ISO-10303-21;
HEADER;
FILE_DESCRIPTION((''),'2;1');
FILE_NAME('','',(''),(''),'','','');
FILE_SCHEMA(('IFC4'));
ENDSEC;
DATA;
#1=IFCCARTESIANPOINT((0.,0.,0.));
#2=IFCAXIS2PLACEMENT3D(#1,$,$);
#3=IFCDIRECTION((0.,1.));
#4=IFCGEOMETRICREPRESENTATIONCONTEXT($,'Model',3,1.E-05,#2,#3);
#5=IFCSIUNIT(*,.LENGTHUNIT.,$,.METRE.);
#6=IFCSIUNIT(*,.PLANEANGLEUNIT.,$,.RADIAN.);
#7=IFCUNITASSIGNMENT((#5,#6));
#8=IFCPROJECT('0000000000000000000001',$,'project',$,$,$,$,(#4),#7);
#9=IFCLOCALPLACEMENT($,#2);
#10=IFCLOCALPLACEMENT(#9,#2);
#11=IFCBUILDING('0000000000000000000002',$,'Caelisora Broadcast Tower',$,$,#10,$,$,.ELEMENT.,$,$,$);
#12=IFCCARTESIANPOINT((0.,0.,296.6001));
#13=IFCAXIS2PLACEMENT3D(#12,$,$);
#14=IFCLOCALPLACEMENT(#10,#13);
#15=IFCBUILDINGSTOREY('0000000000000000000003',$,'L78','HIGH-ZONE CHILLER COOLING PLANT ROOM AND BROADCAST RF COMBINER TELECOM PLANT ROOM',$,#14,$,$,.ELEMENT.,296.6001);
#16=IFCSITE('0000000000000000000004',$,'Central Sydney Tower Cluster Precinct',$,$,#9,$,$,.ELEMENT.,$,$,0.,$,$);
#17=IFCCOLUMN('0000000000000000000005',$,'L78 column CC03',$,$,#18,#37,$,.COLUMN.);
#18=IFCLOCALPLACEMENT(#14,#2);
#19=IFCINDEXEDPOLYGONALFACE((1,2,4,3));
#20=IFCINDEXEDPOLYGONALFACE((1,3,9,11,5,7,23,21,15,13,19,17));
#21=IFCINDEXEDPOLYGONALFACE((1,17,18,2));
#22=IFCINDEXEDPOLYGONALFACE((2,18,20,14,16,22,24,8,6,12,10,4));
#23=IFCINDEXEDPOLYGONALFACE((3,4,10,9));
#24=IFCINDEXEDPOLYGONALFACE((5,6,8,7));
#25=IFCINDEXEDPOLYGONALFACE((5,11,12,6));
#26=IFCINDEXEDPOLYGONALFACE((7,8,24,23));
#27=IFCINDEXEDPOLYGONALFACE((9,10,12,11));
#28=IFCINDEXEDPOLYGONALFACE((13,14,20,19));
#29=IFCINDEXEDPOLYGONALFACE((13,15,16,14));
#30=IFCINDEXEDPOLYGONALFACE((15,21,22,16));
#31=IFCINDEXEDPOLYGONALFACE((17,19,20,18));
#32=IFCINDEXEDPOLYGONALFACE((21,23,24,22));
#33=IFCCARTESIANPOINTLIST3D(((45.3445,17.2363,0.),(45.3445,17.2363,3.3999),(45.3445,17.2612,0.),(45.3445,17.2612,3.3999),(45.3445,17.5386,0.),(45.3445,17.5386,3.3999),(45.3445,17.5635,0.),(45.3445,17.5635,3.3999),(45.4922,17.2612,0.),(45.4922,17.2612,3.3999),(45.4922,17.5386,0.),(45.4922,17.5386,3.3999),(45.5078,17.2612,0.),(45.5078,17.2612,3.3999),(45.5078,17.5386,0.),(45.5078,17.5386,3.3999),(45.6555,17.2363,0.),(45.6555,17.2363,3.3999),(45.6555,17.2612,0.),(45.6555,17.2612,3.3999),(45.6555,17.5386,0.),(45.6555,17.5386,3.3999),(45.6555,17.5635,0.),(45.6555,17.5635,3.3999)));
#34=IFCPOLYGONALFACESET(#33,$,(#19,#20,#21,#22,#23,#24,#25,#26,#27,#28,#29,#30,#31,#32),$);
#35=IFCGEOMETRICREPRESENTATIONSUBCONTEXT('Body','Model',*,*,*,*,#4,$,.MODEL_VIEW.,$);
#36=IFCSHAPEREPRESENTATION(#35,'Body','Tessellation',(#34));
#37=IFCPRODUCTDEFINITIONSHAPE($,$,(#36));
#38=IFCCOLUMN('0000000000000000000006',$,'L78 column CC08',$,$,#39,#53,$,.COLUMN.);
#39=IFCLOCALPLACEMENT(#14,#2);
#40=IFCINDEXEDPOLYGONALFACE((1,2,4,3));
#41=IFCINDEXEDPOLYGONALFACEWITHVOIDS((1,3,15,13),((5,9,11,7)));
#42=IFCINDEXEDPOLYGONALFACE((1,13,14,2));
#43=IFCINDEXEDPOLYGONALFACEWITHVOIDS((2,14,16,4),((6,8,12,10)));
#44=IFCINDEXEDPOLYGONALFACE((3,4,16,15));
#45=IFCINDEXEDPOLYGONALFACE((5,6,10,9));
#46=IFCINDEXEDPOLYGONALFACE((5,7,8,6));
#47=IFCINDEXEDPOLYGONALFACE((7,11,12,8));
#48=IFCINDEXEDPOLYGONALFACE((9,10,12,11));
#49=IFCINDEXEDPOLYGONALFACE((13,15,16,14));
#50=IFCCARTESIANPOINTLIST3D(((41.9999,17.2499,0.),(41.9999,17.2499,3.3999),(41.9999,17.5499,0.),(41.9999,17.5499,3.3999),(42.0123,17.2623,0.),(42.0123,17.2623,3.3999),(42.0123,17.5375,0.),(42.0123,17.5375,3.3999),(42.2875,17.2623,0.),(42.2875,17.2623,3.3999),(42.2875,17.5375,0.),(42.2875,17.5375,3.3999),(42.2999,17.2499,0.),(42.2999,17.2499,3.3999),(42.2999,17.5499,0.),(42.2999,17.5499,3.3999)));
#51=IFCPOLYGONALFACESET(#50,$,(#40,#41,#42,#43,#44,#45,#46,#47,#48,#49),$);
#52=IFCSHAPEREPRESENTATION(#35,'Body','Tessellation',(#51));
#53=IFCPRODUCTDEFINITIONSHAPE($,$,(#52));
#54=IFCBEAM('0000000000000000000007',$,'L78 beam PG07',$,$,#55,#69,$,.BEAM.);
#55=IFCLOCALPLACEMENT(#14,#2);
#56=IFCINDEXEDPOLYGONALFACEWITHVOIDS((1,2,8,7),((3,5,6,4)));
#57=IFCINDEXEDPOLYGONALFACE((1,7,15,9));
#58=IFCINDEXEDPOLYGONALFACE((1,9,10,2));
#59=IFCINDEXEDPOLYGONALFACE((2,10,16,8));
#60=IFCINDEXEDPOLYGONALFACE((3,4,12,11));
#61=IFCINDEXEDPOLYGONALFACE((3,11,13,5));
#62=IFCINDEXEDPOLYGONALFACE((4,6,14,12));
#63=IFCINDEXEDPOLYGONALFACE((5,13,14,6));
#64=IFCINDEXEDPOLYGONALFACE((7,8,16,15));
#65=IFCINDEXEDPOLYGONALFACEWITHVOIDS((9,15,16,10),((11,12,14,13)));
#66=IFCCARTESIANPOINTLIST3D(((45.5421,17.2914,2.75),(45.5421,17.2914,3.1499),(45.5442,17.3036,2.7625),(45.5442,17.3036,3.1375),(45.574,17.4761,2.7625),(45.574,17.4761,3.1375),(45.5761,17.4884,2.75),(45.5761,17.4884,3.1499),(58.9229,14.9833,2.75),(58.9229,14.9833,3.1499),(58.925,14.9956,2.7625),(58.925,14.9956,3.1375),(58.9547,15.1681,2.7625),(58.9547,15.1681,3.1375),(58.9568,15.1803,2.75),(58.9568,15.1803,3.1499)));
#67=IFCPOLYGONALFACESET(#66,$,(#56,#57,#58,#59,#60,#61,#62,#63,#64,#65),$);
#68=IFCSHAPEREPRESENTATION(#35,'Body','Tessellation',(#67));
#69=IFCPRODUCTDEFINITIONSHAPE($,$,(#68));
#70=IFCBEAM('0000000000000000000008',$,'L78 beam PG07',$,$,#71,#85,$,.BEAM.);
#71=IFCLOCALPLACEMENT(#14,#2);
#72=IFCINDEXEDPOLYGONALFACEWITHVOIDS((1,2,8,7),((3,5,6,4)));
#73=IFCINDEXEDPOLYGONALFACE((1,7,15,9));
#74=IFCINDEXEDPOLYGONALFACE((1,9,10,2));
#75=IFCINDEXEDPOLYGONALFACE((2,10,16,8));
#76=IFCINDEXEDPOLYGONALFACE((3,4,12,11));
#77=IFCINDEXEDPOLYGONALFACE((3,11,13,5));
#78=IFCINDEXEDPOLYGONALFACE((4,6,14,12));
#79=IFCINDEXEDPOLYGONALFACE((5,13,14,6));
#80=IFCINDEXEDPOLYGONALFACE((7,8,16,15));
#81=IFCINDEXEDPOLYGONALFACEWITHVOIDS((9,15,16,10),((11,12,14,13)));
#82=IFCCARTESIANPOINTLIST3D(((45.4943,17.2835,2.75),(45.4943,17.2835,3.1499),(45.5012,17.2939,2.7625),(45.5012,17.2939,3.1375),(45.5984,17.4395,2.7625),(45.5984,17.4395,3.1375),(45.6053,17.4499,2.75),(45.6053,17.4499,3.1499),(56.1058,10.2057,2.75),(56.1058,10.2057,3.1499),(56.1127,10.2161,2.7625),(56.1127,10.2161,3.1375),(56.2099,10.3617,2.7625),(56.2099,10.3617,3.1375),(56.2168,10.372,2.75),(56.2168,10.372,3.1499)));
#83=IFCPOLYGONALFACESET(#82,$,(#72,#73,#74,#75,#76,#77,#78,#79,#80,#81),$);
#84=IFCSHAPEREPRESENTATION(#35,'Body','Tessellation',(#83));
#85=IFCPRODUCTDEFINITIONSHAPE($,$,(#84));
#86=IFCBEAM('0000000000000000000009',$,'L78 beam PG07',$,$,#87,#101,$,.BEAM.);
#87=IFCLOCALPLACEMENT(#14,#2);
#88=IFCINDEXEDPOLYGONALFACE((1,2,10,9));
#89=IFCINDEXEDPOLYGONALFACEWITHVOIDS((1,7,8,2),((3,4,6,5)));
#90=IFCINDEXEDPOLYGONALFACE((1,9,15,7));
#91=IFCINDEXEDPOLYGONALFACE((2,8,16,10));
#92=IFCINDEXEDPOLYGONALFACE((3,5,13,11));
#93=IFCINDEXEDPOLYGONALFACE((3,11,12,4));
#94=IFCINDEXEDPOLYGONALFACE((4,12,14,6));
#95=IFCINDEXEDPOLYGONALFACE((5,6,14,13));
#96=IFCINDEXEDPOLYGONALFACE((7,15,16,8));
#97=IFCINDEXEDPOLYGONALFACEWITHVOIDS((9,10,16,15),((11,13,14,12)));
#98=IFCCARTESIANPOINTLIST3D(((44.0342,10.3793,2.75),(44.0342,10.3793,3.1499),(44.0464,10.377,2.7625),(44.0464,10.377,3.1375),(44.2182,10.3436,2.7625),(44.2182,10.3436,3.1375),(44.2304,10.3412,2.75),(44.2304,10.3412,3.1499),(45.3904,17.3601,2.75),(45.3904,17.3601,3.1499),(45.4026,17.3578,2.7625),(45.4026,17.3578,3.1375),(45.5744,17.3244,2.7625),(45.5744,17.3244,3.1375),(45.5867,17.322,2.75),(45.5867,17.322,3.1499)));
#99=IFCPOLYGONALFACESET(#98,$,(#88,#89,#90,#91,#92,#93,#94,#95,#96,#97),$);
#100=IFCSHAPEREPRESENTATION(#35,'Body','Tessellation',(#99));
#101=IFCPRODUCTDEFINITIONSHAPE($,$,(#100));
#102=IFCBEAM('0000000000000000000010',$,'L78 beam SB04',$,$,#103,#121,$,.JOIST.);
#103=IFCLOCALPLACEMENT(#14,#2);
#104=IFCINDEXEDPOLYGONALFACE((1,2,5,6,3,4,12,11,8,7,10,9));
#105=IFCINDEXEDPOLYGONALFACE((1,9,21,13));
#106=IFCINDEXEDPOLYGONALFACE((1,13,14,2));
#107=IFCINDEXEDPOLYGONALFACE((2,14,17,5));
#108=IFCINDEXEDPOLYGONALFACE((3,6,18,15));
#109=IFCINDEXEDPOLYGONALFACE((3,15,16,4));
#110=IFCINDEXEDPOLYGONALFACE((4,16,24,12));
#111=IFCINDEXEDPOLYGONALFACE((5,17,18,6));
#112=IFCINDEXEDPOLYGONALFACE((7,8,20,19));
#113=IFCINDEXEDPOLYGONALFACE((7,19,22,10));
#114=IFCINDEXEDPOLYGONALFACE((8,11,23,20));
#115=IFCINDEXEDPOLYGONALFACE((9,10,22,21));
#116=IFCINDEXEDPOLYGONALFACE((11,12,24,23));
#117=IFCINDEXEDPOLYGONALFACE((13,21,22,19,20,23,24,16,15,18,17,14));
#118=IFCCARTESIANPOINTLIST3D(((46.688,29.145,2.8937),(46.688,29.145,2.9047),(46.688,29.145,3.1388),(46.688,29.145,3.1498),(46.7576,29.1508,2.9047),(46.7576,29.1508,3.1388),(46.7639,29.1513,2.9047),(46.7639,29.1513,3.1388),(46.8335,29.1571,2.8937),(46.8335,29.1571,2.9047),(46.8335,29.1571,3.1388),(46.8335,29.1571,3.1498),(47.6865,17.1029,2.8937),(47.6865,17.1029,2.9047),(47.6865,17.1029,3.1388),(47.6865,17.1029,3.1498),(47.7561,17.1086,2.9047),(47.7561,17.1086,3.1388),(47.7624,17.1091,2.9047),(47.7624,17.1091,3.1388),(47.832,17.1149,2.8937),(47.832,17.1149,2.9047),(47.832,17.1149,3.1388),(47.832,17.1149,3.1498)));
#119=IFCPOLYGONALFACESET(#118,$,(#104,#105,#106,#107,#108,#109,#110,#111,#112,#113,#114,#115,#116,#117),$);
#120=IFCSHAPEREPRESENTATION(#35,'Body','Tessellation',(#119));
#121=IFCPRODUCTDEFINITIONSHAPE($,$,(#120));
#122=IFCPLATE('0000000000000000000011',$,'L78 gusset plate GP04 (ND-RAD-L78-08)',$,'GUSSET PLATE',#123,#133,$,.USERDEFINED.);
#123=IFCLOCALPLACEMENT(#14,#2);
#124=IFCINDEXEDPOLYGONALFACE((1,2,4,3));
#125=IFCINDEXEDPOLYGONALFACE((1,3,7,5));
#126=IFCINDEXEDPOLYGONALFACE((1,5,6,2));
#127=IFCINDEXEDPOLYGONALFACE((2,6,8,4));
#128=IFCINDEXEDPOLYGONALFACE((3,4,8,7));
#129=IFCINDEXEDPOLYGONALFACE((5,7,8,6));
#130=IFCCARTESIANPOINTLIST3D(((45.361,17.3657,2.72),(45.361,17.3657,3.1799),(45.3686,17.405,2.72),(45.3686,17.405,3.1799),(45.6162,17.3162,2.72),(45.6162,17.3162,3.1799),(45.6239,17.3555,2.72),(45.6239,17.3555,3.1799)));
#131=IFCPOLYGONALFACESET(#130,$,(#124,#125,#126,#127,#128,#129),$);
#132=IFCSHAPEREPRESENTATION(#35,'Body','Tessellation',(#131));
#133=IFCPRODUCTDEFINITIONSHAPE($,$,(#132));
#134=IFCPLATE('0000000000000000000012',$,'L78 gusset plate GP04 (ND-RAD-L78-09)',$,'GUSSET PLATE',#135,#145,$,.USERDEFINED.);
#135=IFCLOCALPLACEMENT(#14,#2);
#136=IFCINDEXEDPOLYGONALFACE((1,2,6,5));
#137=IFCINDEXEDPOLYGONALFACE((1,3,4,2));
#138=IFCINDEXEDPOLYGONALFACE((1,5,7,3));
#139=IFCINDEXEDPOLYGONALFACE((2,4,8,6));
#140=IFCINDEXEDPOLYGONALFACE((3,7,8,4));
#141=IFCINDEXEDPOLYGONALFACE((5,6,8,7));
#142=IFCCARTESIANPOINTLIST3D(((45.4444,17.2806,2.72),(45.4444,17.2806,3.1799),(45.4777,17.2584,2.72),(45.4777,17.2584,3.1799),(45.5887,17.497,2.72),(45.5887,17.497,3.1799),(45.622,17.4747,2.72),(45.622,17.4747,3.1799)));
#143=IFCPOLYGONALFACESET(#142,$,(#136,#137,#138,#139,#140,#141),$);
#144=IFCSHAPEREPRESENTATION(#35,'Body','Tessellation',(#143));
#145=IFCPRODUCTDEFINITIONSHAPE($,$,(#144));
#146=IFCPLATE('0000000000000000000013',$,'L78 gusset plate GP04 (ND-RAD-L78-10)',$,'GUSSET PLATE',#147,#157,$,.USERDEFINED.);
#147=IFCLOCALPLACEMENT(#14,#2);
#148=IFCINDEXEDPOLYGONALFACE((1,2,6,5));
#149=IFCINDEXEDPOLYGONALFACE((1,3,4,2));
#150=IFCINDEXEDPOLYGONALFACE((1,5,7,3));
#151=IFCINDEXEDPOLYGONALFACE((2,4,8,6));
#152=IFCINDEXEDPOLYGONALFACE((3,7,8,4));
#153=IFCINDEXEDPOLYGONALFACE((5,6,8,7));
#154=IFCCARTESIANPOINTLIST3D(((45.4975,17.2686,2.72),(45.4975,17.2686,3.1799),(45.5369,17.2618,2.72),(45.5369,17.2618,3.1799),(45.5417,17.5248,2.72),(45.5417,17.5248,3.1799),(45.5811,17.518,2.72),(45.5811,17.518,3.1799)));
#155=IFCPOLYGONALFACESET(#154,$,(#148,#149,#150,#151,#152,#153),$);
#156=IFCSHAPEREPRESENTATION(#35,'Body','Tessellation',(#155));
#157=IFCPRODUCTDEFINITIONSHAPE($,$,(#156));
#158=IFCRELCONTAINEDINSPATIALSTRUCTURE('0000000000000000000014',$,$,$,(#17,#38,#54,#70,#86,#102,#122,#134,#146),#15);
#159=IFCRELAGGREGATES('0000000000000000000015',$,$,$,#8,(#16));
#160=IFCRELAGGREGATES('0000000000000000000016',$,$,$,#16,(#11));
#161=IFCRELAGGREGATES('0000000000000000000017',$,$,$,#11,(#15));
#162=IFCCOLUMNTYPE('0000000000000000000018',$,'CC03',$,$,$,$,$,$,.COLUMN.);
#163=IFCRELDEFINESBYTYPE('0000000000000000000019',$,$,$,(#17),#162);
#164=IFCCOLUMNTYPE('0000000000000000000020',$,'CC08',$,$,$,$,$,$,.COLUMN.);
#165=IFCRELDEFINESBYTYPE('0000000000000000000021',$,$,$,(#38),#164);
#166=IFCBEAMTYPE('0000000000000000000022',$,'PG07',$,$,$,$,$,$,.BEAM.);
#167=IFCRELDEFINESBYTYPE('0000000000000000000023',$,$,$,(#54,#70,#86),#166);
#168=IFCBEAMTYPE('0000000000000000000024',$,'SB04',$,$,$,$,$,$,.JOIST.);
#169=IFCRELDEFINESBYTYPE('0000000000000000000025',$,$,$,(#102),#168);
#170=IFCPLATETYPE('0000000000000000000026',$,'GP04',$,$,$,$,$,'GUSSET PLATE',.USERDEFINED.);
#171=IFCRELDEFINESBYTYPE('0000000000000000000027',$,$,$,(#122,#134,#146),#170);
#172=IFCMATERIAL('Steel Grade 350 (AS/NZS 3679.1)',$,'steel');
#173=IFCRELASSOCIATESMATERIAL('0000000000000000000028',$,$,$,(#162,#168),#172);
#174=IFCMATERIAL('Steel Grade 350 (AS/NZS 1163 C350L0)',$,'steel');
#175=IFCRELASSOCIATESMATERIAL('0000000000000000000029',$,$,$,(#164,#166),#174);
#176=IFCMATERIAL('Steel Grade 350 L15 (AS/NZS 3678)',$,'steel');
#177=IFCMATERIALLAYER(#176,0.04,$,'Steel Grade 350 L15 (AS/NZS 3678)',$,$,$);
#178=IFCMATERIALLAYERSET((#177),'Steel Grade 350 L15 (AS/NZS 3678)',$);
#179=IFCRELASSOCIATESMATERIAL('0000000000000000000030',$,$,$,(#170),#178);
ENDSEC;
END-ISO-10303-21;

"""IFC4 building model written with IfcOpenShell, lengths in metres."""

from ifc_helpers import new_model, si_unit, direction, frame, origin, origin_2d, place, context, subcontext, project, spatial, rectangle, hollow_rectangle, i_section, extrude, source, transform, mapped, material, layer, layer_set, material_profile, profile_set, type_object, type_shapes, element, save


model = new_model("IFC4")

# Units and contexts
model_context = context("Model", 3, precision=1e-05, world=origin(), true_north=direction((0.0, 1.0)))
body_context = subcontext(model_context, "Body", "Model", "MODEL_VIEW")
ifc_project = project(units=[si_unit("LENGTHUNIT", "METRE"), si_unit("PLANEANGLEUNIT", "RADIAN")], contexts=[model_context])

# Site, building, storey
site_placement = place(None, origin())
site = spatial("IfcSite", under=ifc_project, at=site_placement, Name="Central Sydney Tower Cluster Precinct", CompositionType="ELEMENT", RefElevation=0.0)
building_placement = place(site_placement, origin())
building = spatial("IfcBuilding", under=site, at=building_placement, Name="Caelisora Broadcast Tower", CompositionType="ELEMENT")
storey_placement = place(building_placement, frame((0.0, 0.0, 296.6001)))
storey = spatial("IfcBuildingStorey", under=building, at=storey_placement, Name="L78", Description="HIGH-ZONE CHILLER COOLING PLANT ROOM AND BROADCAST RF COMBINER TELECOM PLANT ROOM", CompositionType="ELEMENT", Elevation=296.6001)

# Columns
ifc_material_1 = material(Name="Steel Grade 350 (AS/NZS 3679.1)", Category="steel")
ifc_material_profile_1 = material_profile(ifc_material_1, i_section(OverallWidth=0.311, OverallDepth=0.3271, WebThickness=0.0156, FlangeThickness=0.0249, at=origin_2d()), Name="Steel Grade 350 (AS/NZS 3679.1)")
ifc_profile_set_1 = profile_set([ifc_material_profile_1], Name="Steel Grade 350 (AS/NZS 3679.1)")
column_type_1 = type_object("IfcColumnType", Name="CC03", PredefinedType="COLUMN", material=ifc_profile_set_1)
shared_shape_1 = source(origin(), body_context, "Body", "SweptSolid", [
    extrude(i_section(OverallWidth=0.311, OverallDepth=0.3271, WebThickness=0.0156, FlangeThickness=0.0249, at=origin_2d()), origin(), (0.0, 0.0, 1.0), 3.3999),
])
type_shapes(column_type_1, [shared_shape_1])
column_1_placement = place(storey_placement, frame((45.5, 17.3999, 0.0), z_axis=(0.0, 0.0, 1.0), x_axis=(1.0, 0.0, 0.0)))
element("IfcColumn", 1, at=column_1_placement, inside=storey, type_object=column_type_1, Name="L78 column CC03", PredefinedType="COLUMN", context=body_context, shape_type="MappedRepresentation", body=[
    mapped(shared_shape_1, transform((0.0, 0.0, 0.0), scale=1.0)),
])
ifc_material_2 = material(Name="Steel Grade 350 (AS/NZS 1163 C350L0)", Category="steel")
ifc_material_profile_2 = material_profile(ifc_material_2, hollow_rectangle(XDim=0.3, YDim=0.3, WallThickness=0.0125, at=origin_2d()), Name="Steel Grade 350 (AS/NZS 1163 C350L0)")
ifc_profile_set_2 = profile_set([ifc_material_profile_2], Name="Steel Grade 350 (AS/NZS 1163 C350L0)")
column_type_2 = type_object("IfcColumnType", Name="CC08", PredefinedType="COLUMN", material=ifc_profile_set_2)
shared_shape_2 = source(origin(), body_context, "Body", "SweptSolid", [
    extrude(hollow_rectangle(XDim=0.3, YDim=0.3, WallThickness=0.0125, at=origin_2d()), origin(), (0.0, 0.0, 1.0), 3.3999),
])
type_shapes(column_type_2, [shared_shape_2])
column_2_placement = place(storey_placement, frame((42.1499, 17.3999, 0.0), z_axis=(0.0, 0.0, 1.0), x_axis=(1.0, 0.0, 0.0)))
element("IfcColumn", 2, at=column_2_placement, inside=storey, type_object=column_type_2, Name="L78 column CC08", PredefinedType="COLUMN", context=body_context, shape_type="MappedRepresentation", body=[
    mapped(shared_shape_2, transform((0.0, 0.0, 0.0), scale=1.0)),
])

# Beams
ifc_material_profile_3 = material_profile(ifc_material_2, hollow_rectangle(XDim=0.2, YDim=0.3999, WallThickness=0.0125, at=origin_2d()), Name="Steel Grade 350 (AS/NZS 1163 C350L0)")
ifc_profile_set_3 = profile_set([ifc_material_profile_3], Name="Steel Grade 350 (AS/NZS 1163 C350L0)")
beam_type_1 = type_object("IfcBeamType", Name="PG07", PredefinedType="BEAM", material=ifc_profile_set_3)
shared_shape_3 = source(origin(), body_context, "Body", "SweptSolid", [
    extrude(hollow_rectangle(XDim=0.2, YDim=0.3999, WallThickness=0.0125, at=origin_2d()), origin(), (0.0, 0.0, 1.0), 13.5784),
])
beam_1_placement = place(storey_placement, frame((45.5591, 17.3899, 2.95), z_axis=(0.985447, -0.169983, 0.0), x_axis=(0.169983, 0.985447, 0.0)))
element("IfcBeam", 3, at=beam_1_placement, inside=storey, type_object=beam_type_1, Name="L78 beam PG07", PredefinedType="BEAM", context=body_context, shape_type="MappedRepresentation", body=[
    mapped(shared_shape_3, transform((0.0, 0.0, 0.0), scale=1.0)),
])
shared_shape_4 = source(origin(), body_context, "Body", "SweptSolid", [
    extrude(hollow_rectangle(XDim=0.2, YDim=0.3999, WallThickness=0.0125, at=origin_2d()), origin(), (0.0, 0.0, 1.0), 12.7554),
])
beam_2_placement = place(storey_placement, frame((45.5498, 17.3667, 2.95), z_axis=(0.831924, -0.55489, 0.0), x_axis=(0.55489, 0.831924, 0.0)))
element("IfcBeam", 4, at=beam_2_placement, inside=storey, type_object=beam_type_1, Name="L78 beam PG07", PredefinedType="BEAM", context=body_context, shape_type="MappedRepresentation", body=[
    mapped(shared_shape_4, transform((0.0, 0.0, 0.0), scale=1.0)),
])
shared_shape_5 = source(origin(), body_context, "Body", "SweptSolid", [
    extrude(hollow_rectangle(XDim=0.2, YDim=0.3999, WallThickness=0.0125, at=origin_2d()), origin(), (0.0, 0.0, 1.0), 7.1113),
])
type_shapes(beam_type_1, [shared_shape_3, shared_shape_4, shared_shape_5])
beam_3_placement = place(storey_placement, frame((45.4885, 17.3411, 2.95), z_axis=(-0.190713, -0.981646, 0.0), x_axis=(0.981646, -0.190713, 0.0)))
element("IfcBeam", 5, at=beam_3_placement, inside=storey, type_object=beam_type_1, Name="L78 beam PG07", PredefinedType="BEAM", context=body_context, shape_type="MappedRepresentation", body=[
    mapped(shared_shape_5, transform((0.0, 0.0, 0.0), scale=1.0)),
])
ifc_material_profile_4 = material_profile(ifc_material_1, i_section(OverallWidth=0.146, OverallDepth=0.2561, WebThickness=0.0063, FlangeThickness=0.011, at=origin_2d()), Name="Steel Grade 350 (AS/NZS 3679.1)")
ifc_profile_set_4 = profile_set([ifc_material_profile_4], Name="Steel Grade 350 (AS/NZS 3679.1)")
beam_type_2 = type_object("IfcBeamType", Name="SB04", PredefinedType="JOIST", material=ifc_profile_set_4)
shared_shape_6 = source(origin(), body_context, "Body", "SweptSolid", [
    extrude(i_section(OverallWidth=0.146, OverallDepth=0.2561, WebThickness=0.0063, FlangeThickness=0.011, at=origin_2d()), origin(), (0.0, 0.0, 1.0), 12.0835),
])
type_shapes(beam_type_2, [shared_shape_6])
beam_4_placement = place(storey_placement, frame((47.7593, 17.1089, 3.0217), z_axis=(-0.082636, 0.99658, 0.0), x_axis=(-0.99658, -0.082636, 0.0)))
element("IfcBeam", 6, at=beam_4_placement, inside=storey, type_object=beam_type_2, Name="L78 beam SB04", PredefinedType="JOIST", context=body_context, shape_type="MappedRepresentation", body=[
    mapped(shared_shape_6, transform((0.0, 0.0, 0.0), scale=1.0)),
])

# Plates
ifc_material_3 = material(Name="Steel Grade 350 L15 (AS/NZS 3678)", Category="steel")
ifc_layer_1 = layer(ifc_material_3, 0.04, Name="Steel Grade 350 L15 (AS/NZS 3678)")
ifc_layer_set_1 = layer_set([ifc_layer_1], Name="Steel Grade 350 L15 (AS/NZS 3678)")
plate_type = type_object("IfcPlateType", Name="GP04", ElementType="GUSSET PLATE", PredefinedType="USERDEFINED", material=ifc_layer_set_1)
shared_shape_7 = source(origin(), body_context, "Body", "SweptSolid", [
    extrude(rectangle(XDim=0.26, YDim=0.04, at=origin_2d()), origin(), (0.0, 0.0, 1.0), 0.46),
])
type_shapes(plate_type, [shared_shape_7])
for number, where, z_axis, x_axis, name in (
    (7, (45.4924, 17.3606, 2.72), (0.0, 0.0, 1.0), (0.98166, -0.190638, 0.0), "L78 gusset plate GP04 (ND-RAD-L78-08)"),
    (8, (45.5332, 17.3777, 2.72), (0.0, 0.0, 1.0), (0.554844, 0.831954, 0.0), "L78 gusset plate GP04 (ND-RAD-L78-09)"),
    (9, (45.5393, 17.3933, 2.72), (0.0, 0.0, 1.0), (0.170038, 0.985438, 0.0), "L78 gusset plate GP04 (ND-RAD-L78-10)"),
):
    element("IfcPlate", number, at=place(storey_placement, frame(where, z_axis=z_axis, x_axis=x_axis)), inside=storey, type_object=plate_type, Name=name, ObjectType="GUSSET PLATE", PredefinedType="USERDEFINED", context=body_context, shape_type="MappedRepresentation", body=[
        mapped(shared_shape_7, transform((0.0, 0.0, 0.0), scale=1.0)),
    ])

save(model, "model.ifc")
